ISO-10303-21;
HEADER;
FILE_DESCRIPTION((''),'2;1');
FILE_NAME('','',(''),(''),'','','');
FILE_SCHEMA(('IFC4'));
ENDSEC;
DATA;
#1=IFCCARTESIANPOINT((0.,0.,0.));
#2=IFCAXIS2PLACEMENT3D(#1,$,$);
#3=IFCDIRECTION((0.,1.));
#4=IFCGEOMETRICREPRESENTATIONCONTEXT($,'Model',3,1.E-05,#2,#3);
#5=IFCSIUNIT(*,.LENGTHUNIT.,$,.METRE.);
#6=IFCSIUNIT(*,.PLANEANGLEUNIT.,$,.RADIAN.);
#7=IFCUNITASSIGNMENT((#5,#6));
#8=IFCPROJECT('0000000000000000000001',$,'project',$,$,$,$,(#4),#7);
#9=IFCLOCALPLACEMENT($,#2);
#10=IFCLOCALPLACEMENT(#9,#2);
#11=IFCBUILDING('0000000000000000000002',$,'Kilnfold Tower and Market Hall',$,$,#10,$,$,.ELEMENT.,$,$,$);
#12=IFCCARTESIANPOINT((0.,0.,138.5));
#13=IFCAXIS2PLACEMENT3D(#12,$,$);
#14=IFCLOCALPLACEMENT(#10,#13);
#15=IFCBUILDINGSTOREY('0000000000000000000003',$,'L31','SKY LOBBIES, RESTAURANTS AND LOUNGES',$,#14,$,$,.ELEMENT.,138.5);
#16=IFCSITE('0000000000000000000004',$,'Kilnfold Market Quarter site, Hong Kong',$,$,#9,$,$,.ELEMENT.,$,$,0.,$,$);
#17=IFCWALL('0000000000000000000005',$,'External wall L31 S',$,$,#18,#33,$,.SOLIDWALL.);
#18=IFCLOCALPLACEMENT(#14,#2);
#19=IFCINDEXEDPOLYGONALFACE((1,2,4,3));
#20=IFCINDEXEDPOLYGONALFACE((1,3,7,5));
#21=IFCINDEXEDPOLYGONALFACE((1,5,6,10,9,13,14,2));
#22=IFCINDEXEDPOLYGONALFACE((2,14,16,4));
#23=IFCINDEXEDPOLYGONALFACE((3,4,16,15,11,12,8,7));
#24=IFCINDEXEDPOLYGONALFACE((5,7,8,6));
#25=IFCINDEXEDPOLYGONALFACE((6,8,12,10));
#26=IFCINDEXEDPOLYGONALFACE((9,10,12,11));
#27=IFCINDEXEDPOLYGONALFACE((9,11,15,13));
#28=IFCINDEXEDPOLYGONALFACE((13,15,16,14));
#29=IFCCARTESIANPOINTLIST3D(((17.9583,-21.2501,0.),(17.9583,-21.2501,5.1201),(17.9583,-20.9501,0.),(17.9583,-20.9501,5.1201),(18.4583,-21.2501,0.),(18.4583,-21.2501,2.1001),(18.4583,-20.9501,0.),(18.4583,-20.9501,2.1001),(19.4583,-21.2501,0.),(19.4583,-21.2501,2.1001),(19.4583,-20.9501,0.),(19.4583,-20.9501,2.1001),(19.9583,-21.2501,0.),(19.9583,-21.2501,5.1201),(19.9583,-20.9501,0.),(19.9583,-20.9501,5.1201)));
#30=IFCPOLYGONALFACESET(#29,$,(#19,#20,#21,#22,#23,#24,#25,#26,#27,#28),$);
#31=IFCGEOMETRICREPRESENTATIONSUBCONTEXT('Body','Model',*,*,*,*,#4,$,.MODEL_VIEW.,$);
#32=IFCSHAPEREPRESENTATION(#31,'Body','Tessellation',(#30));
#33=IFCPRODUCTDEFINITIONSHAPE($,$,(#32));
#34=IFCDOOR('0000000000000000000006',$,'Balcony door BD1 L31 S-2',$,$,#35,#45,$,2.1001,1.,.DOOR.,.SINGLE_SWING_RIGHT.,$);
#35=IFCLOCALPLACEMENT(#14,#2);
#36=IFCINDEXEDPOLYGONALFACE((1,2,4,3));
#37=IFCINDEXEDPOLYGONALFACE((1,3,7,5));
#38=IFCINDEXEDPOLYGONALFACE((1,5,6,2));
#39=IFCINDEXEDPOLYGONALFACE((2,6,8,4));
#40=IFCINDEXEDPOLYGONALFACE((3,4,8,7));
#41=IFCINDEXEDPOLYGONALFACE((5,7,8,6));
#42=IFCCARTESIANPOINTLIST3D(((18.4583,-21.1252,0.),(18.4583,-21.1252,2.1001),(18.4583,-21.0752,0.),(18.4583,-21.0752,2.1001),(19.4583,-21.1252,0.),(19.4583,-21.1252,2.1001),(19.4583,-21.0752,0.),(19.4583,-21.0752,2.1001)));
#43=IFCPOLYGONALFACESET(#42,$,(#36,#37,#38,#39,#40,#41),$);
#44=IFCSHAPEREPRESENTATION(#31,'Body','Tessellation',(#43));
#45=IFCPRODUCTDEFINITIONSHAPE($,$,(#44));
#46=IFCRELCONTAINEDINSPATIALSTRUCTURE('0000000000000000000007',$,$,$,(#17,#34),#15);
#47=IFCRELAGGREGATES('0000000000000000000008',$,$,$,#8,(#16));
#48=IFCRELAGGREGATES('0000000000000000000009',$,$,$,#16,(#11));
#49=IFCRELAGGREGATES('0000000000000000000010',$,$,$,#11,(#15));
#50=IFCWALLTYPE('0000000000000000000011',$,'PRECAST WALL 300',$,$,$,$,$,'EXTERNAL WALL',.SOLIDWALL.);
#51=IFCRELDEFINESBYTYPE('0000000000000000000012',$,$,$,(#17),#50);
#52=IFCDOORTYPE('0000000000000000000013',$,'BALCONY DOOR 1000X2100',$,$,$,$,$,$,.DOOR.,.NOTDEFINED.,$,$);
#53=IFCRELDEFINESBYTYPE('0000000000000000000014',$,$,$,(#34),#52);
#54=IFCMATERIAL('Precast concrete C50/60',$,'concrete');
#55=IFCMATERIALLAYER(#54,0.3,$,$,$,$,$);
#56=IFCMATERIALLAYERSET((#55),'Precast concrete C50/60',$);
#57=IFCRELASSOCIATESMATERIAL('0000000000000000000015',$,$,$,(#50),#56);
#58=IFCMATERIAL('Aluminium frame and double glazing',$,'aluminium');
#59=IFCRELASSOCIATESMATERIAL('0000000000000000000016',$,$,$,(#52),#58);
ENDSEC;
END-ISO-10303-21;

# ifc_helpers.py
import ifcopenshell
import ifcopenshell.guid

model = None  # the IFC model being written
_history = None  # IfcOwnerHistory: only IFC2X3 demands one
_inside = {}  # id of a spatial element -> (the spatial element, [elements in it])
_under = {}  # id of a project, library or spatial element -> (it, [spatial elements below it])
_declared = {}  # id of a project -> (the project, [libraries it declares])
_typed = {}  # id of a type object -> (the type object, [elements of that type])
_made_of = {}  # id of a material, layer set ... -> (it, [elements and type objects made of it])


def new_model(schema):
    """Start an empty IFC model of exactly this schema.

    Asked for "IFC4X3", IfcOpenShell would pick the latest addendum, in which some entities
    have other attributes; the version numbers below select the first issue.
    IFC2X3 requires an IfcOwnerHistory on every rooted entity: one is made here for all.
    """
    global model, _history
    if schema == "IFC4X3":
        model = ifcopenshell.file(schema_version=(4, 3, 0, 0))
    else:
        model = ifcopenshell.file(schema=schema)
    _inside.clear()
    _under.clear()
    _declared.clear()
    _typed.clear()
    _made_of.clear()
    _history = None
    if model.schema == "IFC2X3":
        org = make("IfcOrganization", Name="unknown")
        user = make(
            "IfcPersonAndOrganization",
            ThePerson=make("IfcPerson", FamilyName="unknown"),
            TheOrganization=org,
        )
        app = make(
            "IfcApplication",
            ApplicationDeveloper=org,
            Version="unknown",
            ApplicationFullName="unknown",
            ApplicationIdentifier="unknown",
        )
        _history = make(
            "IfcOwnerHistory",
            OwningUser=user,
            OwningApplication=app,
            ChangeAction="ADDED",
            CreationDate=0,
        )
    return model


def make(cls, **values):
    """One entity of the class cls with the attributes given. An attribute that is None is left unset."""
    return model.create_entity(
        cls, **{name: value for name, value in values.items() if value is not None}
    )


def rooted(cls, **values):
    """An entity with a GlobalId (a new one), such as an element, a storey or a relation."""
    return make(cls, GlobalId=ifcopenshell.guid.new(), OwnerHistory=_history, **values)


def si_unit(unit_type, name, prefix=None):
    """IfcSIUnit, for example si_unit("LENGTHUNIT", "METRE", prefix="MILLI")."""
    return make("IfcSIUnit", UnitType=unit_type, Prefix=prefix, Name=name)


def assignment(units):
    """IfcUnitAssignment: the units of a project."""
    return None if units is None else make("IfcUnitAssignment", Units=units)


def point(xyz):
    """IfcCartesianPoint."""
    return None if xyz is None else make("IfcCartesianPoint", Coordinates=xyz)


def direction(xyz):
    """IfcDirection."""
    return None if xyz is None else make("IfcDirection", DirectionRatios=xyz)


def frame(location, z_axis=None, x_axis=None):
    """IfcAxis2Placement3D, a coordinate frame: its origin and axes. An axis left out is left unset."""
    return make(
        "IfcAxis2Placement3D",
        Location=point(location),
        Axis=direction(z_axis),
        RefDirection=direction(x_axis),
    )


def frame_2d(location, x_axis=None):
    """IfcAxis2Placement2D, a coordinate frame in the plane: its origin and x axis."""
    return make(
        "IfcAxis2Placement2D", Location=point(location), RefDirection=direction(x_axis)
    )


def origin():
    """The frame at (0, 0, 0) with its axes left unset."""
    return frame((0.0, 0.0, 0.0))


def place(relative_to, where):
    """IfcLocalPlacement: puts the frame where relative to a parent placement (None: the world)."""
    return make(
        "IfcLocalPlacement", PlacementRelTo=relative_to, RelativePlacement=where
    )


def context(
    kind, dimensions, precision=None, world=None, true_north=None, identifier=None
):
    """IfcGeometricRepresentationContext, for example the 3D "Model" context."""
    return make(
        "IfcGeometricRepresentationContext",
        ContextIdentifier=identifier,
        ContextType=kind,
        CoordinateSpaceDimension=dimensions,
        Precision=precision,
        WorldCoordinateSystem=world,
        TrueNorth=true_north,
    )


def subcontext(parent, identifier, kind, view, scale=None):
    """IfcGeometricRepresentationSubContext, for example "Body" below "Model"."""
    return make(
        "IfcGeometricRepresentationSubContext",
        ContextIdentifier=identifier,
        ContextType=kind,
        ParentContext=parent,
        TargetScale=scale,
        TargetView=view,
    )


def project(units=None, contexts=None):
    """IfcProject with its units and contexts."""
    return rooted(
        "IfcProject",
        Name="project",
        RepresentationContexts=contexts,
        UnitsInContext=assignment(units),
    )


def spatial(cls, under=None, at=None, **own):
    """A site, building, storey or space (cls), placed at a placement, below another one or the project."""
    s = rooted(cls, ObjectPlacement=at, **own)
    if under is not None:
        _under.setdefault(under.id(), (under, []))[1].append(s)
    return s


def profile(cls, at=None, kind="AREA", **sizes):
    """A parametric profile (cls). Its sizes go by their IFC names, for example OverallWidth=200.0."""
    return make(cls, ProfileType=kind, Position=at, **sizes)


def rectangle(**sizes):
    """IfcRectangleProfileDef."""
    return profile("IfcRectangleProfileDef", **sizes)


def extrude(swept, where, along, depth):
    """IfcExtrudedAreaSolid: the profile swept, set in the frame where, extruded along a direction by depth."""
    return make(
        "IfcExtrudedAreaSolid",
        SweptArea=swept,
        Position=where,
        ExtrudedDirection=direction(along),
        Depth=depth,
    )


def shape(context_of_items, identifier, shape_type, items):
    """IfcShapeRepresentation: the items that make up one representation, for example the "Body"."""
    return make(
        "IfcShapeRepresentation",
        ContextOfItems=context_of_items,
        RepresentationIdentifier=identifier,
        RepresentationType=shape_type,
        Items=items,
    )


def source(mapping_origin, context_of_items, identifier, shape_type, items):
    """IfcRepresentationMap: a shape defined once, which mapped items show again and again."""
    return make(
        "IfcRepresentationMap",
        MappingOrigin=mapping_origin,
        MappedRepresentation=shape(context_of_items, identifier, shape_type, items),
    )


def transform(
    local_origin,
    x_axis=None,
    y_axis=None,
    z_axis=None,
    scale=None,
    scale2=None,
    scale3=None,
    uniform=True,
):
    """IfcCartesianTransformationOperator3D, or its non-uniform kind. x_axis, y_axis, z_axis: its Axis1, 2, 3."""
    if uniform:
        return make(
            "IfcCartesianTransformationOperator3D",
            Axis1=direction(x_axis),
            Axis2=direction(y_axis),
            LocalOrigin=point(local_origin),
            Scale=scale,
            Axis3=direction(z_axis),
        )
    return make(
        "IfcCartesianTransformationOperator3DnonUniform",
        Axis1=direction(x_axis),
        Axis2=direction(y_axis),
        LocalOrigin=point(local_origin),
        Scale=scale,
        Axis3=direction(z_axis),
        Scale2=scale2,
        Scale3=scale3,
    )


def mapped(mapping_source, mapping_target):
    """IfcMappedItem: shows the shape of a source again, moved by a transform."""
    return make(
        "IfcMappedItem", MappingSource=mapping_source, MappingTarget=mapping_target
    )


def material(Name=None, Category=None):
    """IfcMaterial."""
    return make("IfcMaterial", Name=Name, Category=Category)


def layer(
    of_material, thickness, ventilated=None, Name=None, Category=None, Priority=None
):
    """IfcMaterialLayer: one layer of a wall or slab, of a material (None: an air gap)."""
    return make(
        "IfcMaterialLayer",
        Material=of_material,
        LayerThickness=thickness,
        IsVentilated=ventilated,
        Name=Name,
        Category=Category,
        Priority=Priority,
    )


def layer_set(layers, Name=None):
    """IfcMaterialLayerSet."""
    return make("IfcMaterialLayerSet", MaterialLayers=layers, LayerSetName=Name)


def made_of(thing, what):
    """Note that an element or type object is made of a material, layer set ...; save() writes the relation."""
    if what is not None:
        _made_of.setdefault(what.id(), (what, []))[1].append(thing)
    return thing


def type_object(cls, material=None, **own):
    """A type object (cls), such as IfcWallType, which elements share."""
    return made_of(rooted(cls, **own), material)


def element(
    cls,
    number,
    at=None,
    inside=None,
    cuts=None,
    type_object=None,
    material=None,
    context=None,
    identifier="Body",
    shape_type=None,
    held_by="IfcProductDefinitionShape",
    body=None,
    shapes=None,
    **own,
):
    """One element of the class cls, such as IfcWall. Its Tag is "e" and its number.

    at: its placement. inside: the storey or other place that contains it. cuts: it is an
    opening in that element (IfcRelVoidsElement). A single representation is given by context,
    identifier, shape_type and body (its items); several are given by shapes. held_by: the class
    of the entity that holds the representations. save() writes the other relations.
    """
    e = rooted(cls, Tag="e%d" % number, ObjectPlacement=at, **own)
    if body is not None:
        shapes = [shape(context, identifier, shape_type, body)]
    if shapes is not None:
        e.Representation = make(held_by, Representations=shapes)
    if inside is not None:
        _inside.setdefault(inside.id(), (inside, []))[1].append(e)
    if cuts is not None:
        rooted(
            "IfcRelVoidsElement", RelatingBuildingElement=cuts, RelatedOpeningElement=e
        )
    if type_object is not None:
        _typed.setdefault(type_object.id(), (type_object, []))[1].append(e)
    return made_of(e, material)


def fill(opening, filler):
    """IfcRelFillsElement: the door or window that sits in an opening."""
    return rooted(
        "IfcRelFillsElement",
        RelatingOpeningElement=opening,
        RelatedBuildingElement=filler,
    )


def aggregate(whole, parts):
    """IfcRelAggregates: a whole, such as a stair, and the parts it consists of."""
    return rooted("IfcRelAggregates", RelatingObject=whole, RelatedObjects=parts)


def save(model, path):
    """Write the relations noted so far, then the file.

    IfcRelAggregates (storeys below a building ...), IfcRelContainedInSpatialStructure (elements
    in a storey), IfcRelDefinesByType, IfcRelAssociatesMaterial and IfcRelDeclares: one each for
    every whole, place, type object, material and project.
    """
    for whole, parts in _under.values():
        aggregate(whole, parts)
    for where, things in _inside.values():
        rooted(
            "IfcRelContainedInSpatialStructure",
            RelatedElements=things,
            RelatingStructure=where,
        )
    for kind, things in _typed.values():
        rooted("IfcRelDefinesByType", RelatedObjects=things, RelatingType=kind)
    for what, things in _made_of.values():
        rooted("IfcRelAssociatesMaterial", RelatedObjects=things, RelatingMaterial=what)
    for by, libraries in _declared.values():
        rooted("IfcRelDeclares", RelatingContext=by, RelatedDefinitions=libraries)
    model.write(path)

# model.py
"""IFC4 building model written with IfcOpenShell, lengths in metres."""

from ifc_helpers import new_model, si_unit, direction, frame, frame_2d, origin, place, context, subcontext, project, spatial, rectangle, extrude, source, transform, mapped, material, layer, layer_set, type_object, element, fill, save


model = new_model("IFC4")

# Units and contexts
model_context = context("Model", 3, precision=1e-05, world=origin(), true_north=direction((0.0, 1.0)))
body_context = subcontext(model_context, "Body", "Model", "MODEL_VIEW")
ifc_project = project(units=[si_unit("LENGTHUNIT", "METRE"), si_unit("PLANEANGLEUNIT", "RADIAN")], contexts=[model_context])

# Site, building, storey
site_placement = place(None, origin())
site = spatial("IfcSite", under=ifc_project, at=site_placement, Name="Kilnfold Market Quarter site, Hong Kong", CompositionType="ELEMENT", RefElevation=0.0)
building_placement = place(site_placement, origin())
building = spatial("IfcBuilding", under=site, at=building_placement, Name="Kilnfold Tower and Market Hall", CompositionType="ELEMENT")
storey_placement = place(building_placement, frame((0.0, 0.0, 138.5)))
storey = spatial("IfcBuildingStorey", under=building, at=storey_placement, Name="L31", Description="SKY LOBBIES, RESTAURANTS AND LOUNGES", CompositionType="ELEMENT", Elevation=138.5)

# Wall, opening, door
ifc_material_1 = material(Name="Precast concrete C50/60", Category="concrete")
ifc_layer_1 = layer(ifc_material_1, 0.3)
ifc_layer_set_1 = layer_set([ifc_layer_1], Name="Precast concrete C50/60")
wall_type_1 = type_object("IfcWallType", Name="PRECAST WALL 300", ElementType="EXTERNAL WALL", PredefinedType="SOLIDWALL", material=ifc_layer_set_1)
shared_shape_1 = source(origin(), body_context, "Body", "SweptSolid", [
    extrude(rectangle(XDim=2.0, YDim=0.3, at=frame_2d((1.0, 0.0))), origin(), (0.0, 0.0, 1.0), 5.1201),
])
ifc_material_2 = material(Name="Aluminium frame and double glazing", Category="aluminium")
door_type_1 = type_object("IfcDoorType", Name="BALCONY DOOR 1000X2100", OperationType="NOTDEFINED", PredefinedType="DOOR", material=ifc_material_2)
wall_1_placement = place(storey_placement, frame((17.9583, -21.1001, 0.0), z_axis=(0.0, 0.0, 1.0), x_axis=(1.0, 0.0, 0.0)))
wall_1 = element("IfcWall", 1, at=wall_1_placement, inside=storey, type_object=wall_type_1, Name="External wall L31 S", PredefinedType="SOLIDWALL", context=body_context, shape_type="MappedRepresentation", body=[
    mapped(shared_shape_1, transform((0.0, 0.0, 0.0))),
])
opening_1_placement = place(wall_1_placement, frame((0.5, 0.0, 0.0)))
opening_1 = element("IfcOpeningElement", 2, at=opening_1_placement, cuts=wall_1, PredefinedType="OPENING", context=body_context, shape_type="SweptSolid", body=[
    extrude(rectangle(XDim=1.0, YDim=2.1001, at=frame_2d((0.5, 1.05))), frame((0.0, 0.1602, 0.0), z_axis=(0.0, -1.0, 0.0), x_axis=(1.0, 0.0, 0.0)), (0.0, 0.0, 1.0), 0.3201),
])
door_1_placement = place(opening_1_placement, origin())
door_1 = element("IfcDoor", 3, at=door_1_placement, inside=storey, type_object=door_type_1, Name="Balcony door BD1 L31 S-2", OperationType="SINGLE_SWING_RIGHT", OverallHeight=2.1001, OverallWidth=1.0, PredefinedType="DOOR", context=body_context, shape_type="SweptSolid", body=[
    extrude(rectangle(XDim=1.0, YDim=2.1001, at=frame_2d((0.5, 1.05))), frame((0.0, 0.0249, 0.0), z_axis=(0.0, -1.0, 0.0), x_axis=(1.0, 0.0, 0.0)), (0.0, 0.0, 1.0), 0.05),
])
fill(opening_1, door_1)

save(model, "model.ifc")
